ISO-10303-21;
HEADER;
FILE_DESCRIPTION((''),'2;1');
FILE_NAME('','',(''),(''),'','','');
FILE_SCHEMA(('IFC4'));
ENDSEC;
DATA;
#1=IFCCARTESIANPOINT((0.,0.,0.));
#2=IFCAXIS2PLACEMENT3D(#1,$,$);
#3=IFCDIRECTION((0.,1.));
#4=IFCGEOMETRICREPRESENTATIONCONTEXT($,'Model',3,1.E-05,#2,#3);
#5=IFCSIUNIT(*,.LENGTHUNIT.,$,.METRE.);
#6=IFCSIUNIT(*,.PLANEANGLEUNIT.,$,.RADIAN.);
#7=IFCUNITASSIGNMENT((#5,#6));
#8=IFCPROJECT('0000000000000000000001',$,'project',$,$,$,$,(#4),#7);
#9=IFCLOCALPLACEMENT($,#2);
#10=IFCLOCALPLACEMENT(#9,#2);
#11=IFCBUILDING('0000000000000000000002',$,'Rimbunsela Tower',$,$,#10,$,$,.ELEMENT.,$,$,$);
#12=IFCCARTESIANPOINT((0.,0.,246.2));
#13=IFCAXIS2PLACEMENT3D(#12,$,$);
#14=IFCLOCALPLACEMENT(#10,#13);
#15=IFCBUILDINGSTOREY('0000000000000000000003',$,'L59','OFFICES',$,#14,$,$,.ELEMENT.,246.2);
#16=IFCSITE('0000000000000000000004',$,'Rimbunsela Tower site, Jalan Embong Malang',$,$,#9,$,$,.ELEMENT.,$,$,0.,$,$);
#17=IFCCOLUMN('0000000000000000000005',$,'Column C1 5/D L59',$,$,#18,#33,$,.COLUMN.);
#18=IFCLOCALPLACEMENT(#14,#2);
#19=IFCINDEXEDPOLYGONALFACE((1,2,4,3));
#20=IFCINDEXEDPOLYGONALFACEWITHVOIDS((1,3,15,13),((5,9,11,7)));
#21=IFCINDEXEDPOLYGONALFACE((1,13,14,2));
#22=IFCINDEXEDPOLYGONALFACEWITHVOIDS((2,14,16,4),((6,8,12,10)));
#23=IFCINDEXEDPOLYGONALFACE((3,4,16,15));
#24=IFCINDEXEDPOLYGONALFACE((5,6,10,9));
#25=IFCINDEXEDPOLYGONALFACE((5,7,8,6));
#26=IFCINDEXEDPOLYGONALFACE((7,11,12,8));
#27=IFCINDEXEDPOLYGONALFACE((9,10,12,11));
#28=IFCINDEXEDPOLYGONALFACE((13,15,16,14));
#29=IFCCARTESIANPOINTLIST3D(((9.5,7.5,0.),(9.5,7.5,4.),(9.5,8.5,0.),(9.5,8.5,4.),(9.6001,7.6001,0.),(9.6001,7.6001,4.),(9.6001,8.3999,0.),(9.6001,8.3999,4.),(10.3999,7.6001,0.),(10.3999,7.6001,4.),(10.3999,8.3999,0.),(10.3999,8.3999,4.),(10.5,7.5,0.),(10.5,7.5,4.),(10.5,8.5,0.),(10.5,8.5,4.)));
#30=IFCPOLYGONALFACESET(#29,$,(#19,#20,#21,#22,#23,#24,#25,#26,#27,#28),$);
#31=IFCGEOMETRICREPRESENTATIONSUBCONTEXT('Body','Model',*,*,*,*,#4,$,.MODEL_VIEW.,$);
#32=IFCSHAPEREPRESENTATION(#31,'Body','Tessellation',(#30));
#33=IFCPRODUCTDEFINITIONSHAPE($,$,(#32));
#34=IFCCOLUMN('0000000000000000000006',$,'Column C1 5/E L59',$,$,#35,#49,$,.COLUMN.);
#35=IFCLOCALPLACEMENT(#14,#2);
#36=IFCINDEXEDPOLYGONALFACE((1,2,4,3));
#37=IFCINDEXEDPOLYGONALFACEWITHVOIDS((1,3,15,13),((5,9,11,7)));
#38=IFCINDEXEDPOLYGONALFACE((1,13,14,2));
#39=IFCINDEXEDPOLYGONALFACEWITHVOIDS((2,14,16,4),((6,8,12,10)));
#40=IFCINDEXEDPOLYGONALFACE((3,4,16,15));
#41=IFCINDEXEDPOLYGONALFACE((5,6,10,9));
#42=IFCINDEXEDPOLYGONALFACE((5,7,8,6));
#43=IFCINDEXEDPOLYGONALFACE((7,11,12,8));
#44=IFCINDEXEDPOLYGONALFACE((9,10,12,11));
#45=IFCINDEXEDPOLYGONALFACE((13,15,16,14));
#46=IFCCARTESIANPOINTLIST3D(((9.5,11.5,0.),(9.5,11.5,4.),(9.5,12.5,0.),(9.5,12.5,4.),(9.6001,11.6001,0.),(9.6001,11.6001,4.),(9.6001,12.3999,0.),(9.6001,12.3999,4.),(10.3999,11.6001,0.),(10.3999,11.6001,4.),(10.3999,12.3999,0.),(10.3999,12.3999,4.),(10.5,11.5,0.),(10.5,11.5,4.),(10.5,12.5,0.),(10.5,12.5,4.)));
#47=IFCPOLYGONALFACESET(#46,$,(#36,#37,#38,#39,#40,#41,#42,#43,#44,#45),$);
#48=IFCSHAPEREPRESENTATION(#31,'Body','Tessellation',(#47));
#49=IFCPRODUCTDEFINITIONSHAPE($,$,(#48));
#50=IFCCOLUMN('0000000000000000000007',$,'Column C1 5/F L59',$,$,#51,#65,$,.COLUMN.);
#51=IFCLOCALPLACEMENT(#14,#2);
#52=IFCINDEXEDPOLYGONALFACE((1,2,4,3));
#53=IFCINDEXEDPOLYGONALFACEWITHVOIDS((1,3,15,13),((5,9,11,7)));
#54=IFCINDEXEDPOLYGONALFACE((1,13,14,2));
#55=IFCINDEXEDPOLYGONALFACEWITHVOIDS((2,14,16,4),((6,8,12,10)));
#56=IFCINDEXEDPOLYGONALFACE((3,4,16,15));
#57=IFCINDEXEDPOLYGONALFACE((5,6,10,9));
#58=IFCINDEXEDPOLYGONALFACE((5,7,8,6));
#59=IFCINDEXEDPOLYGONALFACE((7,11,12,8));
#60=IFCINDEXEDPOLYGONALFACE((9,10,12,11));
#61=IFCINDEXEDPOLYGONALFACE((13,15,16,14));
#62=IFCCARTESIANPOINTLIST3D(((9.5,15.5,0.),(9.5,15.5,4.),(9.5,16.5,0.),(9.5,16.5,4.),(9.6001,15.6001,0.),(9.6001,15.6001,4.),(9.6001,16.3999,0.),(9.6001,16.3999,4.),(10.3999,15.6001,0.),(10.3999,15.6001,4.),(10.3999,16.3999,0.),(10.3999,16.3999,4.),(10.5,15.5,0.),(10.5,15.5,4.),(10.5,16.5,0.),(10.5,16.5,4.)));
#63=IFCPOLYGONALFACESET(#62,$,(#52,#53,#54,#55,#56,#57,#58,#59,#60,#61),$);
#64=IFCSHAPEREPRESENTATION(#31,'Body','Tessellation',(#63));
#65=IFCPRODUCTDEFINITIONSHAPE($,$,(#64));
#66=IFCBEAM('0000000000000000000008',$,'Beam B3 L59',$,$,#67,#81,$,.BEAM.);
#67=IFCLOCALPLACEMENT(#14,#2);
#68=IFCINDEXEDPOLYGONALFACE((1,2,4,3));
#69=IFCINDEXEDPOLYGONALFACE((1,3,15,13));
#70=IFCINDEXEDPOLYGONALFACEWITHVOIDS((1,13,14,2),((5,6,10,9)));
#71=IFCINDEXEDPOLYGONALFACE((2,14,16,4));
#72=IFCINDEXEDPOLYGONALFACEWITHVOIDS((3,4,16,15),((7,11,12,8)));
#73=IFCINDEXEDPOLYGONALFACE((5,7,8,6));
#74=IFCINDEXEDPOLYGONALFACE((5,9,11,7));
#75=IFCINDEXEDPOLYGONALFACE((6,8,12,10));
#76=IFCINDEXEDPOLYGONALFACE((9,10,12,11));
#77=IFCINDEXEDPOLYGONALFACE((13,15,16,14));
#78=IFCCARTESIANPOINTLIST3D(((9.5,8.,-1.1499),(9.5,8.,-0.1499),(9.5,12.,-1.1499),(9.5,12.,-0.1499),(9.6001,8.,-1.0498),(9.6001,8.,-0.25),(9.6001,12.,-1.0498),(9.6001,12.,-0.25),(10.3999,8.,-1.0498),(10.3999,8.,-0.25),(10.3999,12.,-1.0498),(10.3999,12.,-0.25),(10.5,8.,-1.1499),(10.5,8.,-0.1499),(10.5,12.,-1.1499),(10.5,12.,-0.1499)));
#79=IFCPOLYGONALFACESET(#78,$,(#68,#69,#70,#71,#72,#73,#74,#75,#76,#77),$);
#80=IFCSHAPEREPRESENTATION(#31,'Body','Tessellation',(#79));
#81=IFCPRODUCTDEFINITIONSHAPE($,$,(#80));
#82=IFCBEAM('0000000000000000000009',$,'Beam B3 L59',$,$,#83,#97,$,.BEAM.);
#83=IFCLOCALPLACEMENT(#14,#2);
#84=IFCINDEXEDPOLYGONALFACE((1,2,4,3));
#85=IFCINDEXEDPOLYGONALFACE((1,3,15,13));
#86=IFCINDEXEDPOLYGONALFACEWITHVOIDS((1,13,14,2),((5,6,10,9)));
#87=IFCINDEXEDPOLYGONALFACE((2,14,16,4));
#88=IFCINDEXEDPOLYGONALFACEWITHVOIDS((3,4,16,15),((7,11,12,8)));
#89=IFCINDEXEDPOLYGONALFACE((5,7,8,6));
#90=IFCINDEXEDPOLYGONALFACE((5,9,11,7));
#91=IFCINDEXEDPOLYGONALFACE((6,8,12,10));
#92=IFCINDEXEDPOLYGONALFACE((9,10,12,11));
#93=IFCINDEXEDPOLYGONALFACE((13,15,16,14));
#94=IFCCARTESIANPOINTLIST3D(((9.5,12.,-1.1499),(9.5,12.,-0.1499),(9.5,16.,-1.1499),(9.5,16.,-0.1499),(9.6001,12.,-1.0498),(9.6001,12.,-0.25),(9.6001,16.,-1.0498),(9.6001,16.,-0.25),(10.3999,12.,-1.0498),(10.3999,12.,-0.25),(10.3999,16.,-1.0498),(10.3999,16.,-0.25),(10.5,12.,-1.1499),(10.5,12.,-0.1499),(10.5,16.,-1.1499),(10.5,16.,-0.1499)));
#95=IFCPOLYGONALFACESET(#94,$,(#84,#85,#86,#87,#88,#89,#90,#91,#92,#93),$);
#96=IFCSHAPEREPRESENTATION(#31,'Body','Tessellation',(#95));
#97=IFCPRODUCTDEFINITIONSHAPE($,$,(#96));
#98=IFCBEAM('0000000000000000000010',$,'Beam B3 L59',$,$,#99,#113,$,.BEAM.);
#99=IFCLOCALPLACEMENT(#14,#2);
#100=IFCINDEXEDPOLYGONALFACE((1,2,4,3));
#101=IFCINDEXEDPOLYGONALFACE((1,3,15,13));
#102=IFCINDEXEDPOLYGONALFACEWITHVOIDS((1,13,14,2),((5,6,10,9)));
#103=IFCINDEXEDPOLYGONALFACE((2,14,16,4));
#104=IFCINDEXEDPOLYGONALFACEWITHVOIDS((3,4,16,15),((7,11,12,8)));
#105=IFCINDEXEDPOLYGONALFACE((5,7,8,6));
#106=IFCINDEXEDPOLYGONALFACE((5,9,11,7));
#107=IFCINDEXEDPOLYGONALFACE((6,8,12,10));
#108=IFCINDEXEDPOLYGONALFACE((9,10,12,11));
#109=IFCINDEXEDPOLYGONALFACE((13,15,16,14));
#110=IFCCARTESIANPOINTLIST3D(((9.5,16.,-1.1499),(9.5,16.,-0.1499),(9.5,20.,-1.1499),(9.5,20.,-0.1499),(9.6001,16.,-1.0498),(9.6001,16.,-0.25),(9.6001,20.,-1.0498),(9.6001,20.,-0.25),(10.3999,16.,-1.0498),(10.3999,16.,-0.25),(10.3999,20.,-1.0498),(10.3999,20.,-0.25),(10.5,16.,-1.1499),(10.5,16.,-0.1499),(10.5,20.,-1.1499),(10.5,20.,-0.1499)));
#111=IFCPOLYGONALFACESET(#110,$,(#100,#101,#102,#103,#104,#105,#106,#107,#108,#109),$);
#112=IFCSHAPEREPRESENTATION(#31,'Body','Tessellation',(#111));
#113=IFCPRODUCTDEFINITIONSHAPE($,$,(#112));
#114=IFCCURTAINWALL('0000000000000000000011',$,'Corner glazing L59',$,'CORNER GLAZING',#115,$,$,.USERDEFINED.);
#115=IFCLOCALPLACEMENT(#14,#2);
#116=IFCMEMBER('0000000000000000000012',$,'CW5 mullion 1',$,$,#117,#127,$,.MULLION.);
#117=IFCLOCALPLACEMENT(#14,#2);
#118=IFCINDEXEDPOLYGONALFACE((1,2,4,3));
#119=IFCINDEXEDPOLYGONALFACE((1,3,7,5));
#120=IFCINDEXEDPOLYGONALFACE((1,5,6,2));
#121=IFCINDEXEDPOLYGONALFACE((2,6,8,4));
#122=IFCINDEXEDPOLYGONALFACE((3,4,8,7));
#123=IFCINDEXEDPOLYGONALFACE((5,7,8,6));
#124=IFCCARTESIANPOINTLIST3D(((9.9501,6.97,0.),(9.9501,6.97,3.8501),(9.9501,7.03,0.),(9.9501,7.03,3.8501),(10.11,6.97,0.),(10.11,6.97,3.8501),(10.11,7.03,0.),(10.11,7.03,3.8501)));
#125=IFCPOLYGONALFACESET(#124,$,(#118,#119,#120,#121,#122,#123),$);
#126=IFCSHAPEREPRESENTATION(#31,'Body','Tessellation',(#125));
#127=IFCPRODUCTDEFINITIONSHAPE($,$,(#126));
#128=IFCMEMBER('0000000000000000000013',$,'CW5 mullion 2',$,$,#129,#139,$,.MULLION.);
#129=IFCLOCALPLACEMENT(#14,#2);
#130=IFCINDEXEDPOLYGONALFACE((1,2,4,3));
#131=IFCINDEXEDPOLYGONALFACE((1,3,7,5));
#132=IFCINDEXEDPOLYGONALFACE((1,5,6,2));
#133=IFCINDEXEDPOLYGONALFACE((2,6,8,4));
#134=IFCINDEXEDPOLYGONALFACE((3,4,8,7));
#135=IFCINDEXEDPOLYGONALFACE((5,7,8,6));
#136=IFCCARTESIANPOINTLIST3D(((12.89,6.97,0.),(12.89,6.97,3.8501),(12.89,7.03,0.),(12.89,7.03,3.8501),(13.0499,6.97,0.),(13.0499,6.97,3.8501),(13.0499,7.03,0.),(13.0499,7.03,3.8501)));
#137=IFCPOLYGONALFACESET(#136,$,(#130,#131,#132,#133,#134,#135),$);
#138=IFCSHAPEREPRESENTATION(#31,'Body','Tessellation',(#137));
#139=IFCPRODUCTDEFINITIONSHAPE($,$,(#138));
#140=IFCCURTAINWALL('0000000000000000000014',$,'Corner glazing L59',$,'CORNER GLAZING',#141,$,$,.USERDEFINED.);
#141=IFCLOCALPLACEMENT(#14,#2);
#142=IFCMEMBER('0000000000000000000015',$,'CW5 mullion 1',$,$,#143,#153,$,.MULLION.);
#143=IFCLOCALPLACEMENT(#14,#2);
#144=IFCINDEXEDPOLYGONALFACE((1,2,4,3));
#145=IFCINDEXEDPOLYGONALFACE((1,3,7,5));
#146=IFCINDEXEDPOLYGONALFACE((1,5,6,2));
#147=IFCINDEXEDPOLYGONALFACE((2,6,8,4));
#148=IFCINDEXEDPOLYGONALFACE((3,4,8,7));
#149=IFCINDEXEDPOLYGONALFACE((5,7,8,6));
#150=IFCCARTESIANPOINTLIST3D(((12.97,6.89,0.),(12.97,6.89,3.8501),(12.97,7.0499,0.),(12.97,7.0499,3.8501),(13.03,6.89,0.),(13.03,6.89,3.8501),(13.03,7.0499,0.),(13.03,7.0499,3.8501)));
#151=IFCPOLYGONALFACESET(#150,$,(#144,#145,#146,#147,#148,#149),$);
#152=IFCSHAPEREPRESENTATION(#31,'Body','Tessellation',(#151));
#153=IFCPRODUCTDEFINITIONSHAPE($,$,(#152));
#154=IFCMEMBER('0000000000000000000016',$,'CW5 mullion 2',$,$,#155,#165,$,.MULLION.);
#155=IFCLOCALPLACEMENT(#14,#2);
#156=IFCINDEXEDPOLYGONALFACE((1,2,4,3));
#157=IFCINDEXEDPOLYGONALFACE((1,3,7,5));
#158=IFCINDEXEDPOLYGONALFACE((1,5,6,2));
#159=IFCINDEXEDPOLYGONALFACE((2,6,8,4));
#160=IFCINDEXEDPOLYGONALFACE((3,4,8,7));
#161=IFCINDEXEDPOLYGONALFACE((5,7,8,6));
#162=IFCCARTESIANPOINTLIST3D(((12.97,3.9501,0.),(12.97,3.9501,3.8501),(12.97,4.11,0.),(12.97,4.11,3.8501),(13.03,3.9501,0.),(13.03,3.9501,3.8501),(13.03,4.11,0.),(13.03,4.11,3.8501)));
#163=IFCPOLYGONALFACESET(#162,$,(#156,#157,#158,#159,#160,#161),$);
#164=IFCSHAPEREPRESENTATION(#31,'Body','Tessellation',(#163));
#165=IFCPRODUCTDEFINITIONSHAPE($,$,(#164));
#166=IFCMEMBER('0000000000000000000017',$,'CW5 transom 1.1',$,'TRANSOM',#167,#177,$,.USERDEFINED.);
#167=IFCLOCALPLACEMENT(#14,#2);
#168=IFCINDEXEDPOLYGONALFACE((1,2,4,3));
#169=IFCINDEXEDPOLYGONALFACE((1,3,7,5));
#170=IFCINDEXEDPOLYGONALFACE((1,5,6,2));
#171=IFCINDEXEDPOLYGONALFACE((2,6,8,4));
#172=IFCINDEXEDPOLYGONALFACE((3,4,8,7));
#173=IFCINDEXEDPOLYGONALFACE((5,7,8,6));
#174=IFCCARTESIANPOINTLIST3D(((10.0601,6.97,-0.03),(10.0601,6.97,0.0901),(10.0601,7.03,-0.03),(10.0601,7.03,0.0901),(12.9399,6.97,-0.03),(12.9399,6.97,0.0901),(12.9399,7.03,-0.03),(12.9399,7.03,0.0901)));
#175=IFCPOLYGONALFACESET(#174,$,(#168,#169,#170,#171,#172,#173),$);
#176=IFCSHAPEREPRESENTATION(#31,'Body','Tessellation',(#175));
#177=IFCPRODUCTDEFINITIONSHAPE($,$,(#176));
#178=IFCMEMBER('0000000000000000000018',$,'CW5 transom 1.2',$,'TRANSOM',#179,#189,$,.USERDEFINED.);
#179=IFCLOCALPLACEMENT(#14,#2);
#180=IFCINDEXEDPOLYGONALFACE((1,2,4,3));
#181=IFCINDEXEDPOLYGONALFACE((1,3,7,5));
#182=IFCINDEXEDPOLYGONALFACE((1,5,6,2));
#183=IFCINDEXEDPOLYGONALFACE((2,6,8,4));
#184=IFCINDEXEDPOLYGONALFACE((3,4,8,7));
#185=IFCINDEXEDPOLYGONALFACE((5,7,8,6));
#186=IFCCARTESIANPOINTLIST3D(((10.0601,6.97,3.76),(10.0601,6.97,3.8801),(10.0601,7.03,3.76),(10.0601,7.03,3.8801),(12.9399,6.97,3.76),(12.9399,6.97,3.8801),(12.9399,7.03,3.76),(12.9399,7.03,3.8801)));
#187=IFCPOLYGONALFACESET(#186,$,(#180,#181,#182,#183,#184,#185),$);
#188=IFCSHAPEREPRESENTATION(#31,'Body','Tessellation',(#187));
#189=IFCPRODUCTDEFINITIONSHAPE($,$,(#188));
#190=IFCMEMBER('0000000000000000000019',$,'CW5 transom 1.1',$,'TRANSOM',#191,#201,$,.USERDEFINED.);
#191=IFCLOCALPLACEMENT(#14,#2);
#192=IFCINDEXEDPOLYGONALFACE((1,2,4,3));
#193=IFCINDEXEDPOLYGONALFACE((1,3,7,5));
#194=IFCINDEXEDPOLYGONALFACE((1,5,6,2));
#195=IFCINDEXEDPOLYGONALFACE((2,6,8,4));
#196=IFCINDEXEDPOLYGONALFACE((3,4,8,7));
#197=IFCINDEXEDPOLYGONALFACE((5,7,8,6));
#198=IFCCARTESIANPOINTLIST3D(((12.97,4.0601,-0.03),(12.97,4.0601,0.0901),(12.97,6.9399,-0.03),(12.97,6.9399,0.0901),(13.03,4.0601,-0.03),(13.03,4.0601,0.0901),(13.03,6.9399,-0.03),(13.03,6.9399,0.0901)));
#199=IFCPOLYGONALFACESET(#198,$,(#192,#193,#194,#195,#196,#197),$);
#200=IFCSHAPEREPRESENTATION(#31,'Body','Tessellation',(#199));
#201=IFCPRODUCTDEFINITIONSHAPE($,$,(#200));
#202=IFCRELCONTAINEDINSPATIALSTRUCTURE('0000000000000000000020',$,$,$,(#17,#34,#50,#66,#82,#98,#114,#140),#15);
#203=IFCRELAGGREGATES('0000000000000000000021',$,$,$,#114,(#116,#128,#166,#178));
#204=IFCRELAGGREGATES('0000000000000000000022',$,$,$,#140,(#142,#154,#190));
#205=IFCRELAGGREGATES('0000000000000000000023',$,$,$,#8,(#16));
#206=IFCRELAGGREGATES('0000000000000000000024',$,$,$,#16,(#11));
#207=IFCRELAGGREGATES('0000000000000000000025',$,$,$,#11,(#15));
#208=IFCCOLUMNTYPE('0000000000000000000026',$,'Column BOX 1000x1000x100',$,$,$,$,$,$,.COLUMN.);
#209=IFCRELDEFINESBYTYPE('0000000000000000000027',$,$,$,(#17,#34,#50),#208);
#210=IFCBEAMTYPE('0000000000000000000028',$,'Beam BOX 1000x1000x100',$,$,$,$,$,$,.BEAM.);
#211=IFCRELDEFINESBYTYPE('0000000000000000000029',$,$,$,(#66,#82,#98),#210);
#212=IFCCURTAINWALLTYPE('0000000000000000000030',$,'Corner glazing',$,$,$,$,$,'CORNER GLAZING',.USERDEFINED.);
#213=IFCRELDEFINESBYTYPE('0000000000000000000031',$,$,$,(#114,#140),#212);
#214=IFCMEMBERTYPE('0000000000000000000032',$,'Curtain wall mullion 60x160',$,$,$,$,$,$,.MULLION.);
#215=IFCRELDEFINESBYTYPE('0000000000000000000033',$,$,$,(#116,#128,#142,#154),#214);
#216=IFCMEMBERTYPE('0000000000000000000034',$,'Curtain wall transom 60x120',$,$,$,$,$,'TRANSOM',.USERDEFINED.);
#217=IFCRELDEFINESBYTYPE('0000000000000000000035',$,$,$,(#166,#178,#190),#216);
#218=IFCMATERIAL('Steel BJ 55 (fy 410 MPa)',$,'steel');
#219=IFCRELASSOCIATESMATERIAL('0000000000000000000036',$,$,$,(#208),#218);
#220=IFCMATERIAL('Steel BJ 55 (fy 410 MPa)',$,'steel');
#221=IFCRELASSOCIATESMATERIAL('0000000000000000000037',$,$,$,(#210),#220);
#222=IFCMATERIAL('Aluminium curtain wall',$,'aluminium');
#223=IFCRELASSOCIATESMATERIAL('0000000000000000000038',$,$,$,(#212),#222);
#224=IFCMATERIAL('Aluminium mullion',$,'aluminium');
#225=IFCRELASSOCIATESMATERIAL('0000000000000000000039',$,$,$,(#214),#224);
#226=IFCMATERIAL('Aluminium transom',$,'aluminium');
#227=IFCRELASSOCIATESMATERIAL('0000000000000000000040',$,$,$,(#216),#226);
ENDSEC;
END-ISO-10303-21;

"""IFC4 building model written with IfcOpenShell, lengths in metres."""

from ifc_helpers import new_model, si_unit, direction, frame, origin, origin_2d, place, context, subcontext, project, spatial, rectangle, hollow_rectangle, extrude, material, material_profile, profile_set, type_object, element, aggregate, save


model = new_model("IFC4")

# Units and contexts
model_context = context("Model", 3, precision=1e-05, world=origin(), true_north=direction((0.0, 1.0)))
body_context = subcontext(model_context, "Body", "Model", "MODEL_VIEW")
ifc_project = project(units=[si_unit("LENGTHUNIT", "METRE"), si_unit("PLANEANGLEUNIT", "RADIAN")], contexts=[model_context])

# Site, building, storey
site_placement = place(None, origin())
site = spatial("IfcSite", under=ifc_project, at=site_placement, Name="Rimbunsela Tower site, Jalan Embong Malang", CompositionType="ELEMENT", RefElevation=0.0)
building_placement = place(site_placement, origin())
building = spatial("IfcBuilding", under=site, at=building_placement, Name="Rimbunsela Tower", CompositionType="ELEMENT")
storey_placement = place(building_placement, frame((0.0, 0.0, 246.2)))
storey = spatial("IfcBuildingStorey", under=building, at=storey_placement, Name="L59", Description="OFFICES", CompositionType="ELEMENT", Elevation=246.2)

# Columns
ifc_material_1 = material(Name="Steel BJ 55 (fy 410 MPa)", Category="steel")
ifc_material_profile_1 = material_profile(ifc_material_1, hollow_rectangle(XDim=1.0, YDim=1.0, WallThickness=0.1001, at=origin_2d()), Name="BOX 1000x1000x100")
ifc_profile_set_1 = profile_set([ifc_material_profile_1], Name="Steel BJ 55 (fy 410 MPa)")
column_type = type_object("IfcColumnType", Name="Column BOX 1000x1000x100", PredefinedType="COLUMN", material=ifc_profile_set_1)
for number, where, z_axis, x_axis, name in (
    (1, (10.0, 8.0, 0.0), (0.0, 0.0, 1.0), (1.0, 0.0, 0.0), "Column C1 5/D L59"),
    (2, (10.0, 12.0, 0.0), (0.0, 0.0, 1.0), (1.0, 0.0, 0.0), "Column C1 5/E L59"),
    (3, (10.0, 16.0, 0.0), (0.0, 0.0, 1.0), (1.0, 0.0, 0.0), "Column C1 5/F L59"),
):
    element("IfcColumn", number, at=place(storey_placement, frame(where, z_axis=z_axis, x_axis=x_axis)), inside=storey, type_object=column_type, Name=name, PredefinedType="COLUMN", context=body_context, shape_type="SweptSolid", body=[
        extrude(hollow_rectangle(XDim=1.0, YDim=1.0, WallThickness=0.1001, at=origin_2d()), origin(), (0.0, 0.0, 1.0), 4.0),
    ])

# Beams
ifc_material_2 = material(Name="Steel BJ 55 (fy 410 MPa)", Category="steel")
ifc_material_profile_2 = material_profile(ifc_material_2, hollow_rectangle(XDim=1.0, YDim=1.0, WallThickness=0.1001, at=origin_2d()), Name="BOX 1000x1000x100")
ifc_profile_set_2 = profile_set([ifc_material_profile_2], Name="Steel BJ 55 (fy 410 MPa)")
beam_type = type_object("IfcBeamType", Name="Beam BOX 1000x1000x100", PredefinedType="BEAM", material=ifc_profile_set_2)
for number, where, z_axis, x_axis, name in (
    (4, (10.0, 8.0, -0.6499), (0.0, 1.0, 0.0), (-1.0, 0.0, 0.0), "Beam B3 L59"),
    (5, (10.0, 12.0, -0.6499), (0.0, 1.0, 0.0), (-1.0, 0.0, 0.0), "Beam B3 L59"),
    (6, (10.0, 16.0, -0.6499), (0.0, 1.0, 0.0), (-1.0, 0.0, 0.0), "Beam B3 L59"),
):
    element("IfcBeam", number, at=place(storey_placement, frame(where, z_axis=z_axis, x_axis=x_axis)), inside=storey, type_object=beam_type, Name=name, PredefinedType="BEAM", context=body_context, shape_type="SweptSolid", body=[
        extrude(hollow_rectangle(XDim=1.0, YDim=1.0, WallThickness=0.1001, at=origin_2d()), origin(), (0.0, 0.0, 1.0), 4.0),
    ])

# Curtain walls, members
ifc_material_3 = material(Name="Aluminium curtain wall", Category="aluminium")
curtain_wall_type = type_object("IfcCurtainWallType", Name="Corner glazing", ElementType="CORNER GLAZING", PredefinedType="USERDEFINED", material=ifc_material_3)
curtain_wall_1_placement = place(storey_placement, origin())
curtain_wall_1 = element("IfcCurtainWall", 7, at=curtain_wall_1_placement, inside=storey, type_object=curtain_wall_type, Name="Corner glazing L59", ObjectType="CORNER GLAZING", PredefinedType="USERDEFINED")
ifc_material_4 = material(Name="Aluminium mullion", Category="aluminium")
ifc_material_profile_3 = material_profile(ifc_material_4, rectangle(XDim=0.0601, YDim=0.1599, at=origin_2d()), Name="Mullion 60x160")
ifc_profile_set_3 = profile_set([ifc_material_profile_3], Name="Aluminium mullion")
member_type_1 = type_object("IfcMemberType", Name="Curtain wall mullion 60x160", PredefinedType="MULLION", material=ifc_profile_set_3)
member_1_placement = place(storey_placement, frame((10.03, 7.0, 0.0), z_axis=(0.0, 0.0, 1.0), x_axis=(0.0, 1.0, 0.0)))
member_1 = element("IfcMember", 8, at=member_1_placement, type_object=member_type_1, Name="CW5 mullion 1", PredefinedType="MULLION", context=body_context, shape_type="SweptSolid", body=[
    extrude(rectangle(XDim=0.0601, YDim=0.1599, at=origin_2d()), origin(), (0.0, 0.0, 1.0), 3.8501),
])
member_2_placement = place(storey_placement, frame((12.97, 7.0, 0.0), z_axis=(0.0, 0.0, 1.0), x_axis=(0.0, 1.0, 0.0)))
member_2 = element("IfcMember", 9, at=member_2_placement, type_object=member_type_1, Name="CW5 mullion 2", PredefinedType="MULLION", context=body_context, shape_type="SweptSolid", body=[
    extrude(rectangle(XDim=0.0601, YDim=0.1599, at=origin_2d()), origin(), (0.0, 0.0, 1.0), 3.8501),
])
curtain_wall_2_placement = place(storey_placement, origin())
curtain_wall_2 = element("IfcCurtainWall", 10, at=curtain_wall_2_placement, inside=storey, type_object=curtain_wall_type, Name="Corner glazing L59", ObjectType="CORNER GLAZING", PredefinedType="USERDEFINED")
member_3_placement = place(storey_placement, frame((13.0, 6.97, 0.0), z_axis=(0.0, 0.0, 1.0), x_axis=(1.0, 0.0, 0.0)))
member_3 = element("IfcMember", 11, at=member_3_placement, type_object=member_type_1, Name="CW5 mullion 1", PredefinedType="MULLION", context=body_context, shape_type="SweptSolid", body=[
    extrude(rectangle(XDim=0.0601, YDim=0.1599, at=origin_2d()), origin(), (0.0, 0.0, 1.0), 3.8501),
])
member_4_placement = place(storey_placement, frame((13.0, 4.03, 0.0), z_axis=(0.0, 0.0, 1.0), x_axis=(1.0, 0.0, 0.0)))
member_4 = element("IfcMember", 12, at=member_4_placement, type_object=member_type_1, Name="CW5 mullion 2", PredefinedType="MULLION", context=body_context, shape_type="SweptSolid", body=[
    extrude(rectangle(XDim=0.0601, YDim=0.1599, at=origin_2d()), origin(), (0.0, 0.0, 1.0), 3.8501),
])

# Members
ifc_material_5 = material(Name="Aluminium transom", Category="aluminium")
ifc_material_profile_4 = material_profile(ifc_material_5, rectangle(XDim=0.0601, YDim=0.1201, at=origin_2d()), Name="Transom 60x120")
ifc_profile_set_4 = profile_set([ifc_material_profile_4], Name="Aluminium transom")
member_type_2 = type_object("IfcMemberType", Name="Curtain wall transom 60x120", ElementType="TRANSOM", PredefinedType="USERDEFINED", material=ifc_profile_set_4)
member_5_placement = place(storey_placement, frame((10.0601, 7.0, 0.03), z_axis=(1.0, 0.0, 0.0), x_axis=(0.0, 1.0, 0.0)))
member_5 = element("IfcMember", 13, at=member_5_placement, type_object=member_type_2, Name="CW5 transom 1.1", ObjectType="TRANSOM", PredefinedType="USERDEFINED", context=body_context, shape_type="SweptSolid", body=[
    extrude(rectangle(XDim=0.0601, YDim=0.1201, at=origin_2d()), origin(), (0.0, 0.0, 1.0), 2.8799),
])
member_6_placement = place(storey_placement, frame((10.0601, 7.0, 3.8201), z_axis=(1.0, 0.0, 0.0), x_axis=(0.0, 1.0, 0.0)))
member_6 = element("IfcMember", 14, at=member_6_placement, type_object=member_type_2, Name="CW5 transom 1.2", ObjectType="TRANSOM", PredefinedType="USERDEFINED", context=body_context, shape_type="SweptSolid", body=[
    extrude(rectangle(XDim=0.0601, YDim=0.1201, at=origin_2d()), origin(), (0.0, 0.0, 1.0), 2.8799),
])
member_7_placement = place(storey_placement, frame((13.0, 6.9399, 0.03), z_axis=(0.0, -1.0, 0.0), x_axis=(1.0, 0.0, 0.0)))
member_7 = element("IfcMember", 15, at=member_7_placement, type_object=member_type_2, Name="CW5 transom 1.1", ObjectType="TRANSOM", PredefinedType="USERDEFINED", context=body_context, shape_type="SweptSolid", body=[
    extrude(rectangle(XDim=0.0601, YDim=0.1201, at=origin_2d()), origin(), (0.0, 0.0, 1.0), 2.8799),
])

aggregate(curtain_wall_1, [member_1, member_2, member_5, member_6])
aggregate(curtain_wall_2, [member_3, member_4, member_7])

save(model, "model.ifc")
